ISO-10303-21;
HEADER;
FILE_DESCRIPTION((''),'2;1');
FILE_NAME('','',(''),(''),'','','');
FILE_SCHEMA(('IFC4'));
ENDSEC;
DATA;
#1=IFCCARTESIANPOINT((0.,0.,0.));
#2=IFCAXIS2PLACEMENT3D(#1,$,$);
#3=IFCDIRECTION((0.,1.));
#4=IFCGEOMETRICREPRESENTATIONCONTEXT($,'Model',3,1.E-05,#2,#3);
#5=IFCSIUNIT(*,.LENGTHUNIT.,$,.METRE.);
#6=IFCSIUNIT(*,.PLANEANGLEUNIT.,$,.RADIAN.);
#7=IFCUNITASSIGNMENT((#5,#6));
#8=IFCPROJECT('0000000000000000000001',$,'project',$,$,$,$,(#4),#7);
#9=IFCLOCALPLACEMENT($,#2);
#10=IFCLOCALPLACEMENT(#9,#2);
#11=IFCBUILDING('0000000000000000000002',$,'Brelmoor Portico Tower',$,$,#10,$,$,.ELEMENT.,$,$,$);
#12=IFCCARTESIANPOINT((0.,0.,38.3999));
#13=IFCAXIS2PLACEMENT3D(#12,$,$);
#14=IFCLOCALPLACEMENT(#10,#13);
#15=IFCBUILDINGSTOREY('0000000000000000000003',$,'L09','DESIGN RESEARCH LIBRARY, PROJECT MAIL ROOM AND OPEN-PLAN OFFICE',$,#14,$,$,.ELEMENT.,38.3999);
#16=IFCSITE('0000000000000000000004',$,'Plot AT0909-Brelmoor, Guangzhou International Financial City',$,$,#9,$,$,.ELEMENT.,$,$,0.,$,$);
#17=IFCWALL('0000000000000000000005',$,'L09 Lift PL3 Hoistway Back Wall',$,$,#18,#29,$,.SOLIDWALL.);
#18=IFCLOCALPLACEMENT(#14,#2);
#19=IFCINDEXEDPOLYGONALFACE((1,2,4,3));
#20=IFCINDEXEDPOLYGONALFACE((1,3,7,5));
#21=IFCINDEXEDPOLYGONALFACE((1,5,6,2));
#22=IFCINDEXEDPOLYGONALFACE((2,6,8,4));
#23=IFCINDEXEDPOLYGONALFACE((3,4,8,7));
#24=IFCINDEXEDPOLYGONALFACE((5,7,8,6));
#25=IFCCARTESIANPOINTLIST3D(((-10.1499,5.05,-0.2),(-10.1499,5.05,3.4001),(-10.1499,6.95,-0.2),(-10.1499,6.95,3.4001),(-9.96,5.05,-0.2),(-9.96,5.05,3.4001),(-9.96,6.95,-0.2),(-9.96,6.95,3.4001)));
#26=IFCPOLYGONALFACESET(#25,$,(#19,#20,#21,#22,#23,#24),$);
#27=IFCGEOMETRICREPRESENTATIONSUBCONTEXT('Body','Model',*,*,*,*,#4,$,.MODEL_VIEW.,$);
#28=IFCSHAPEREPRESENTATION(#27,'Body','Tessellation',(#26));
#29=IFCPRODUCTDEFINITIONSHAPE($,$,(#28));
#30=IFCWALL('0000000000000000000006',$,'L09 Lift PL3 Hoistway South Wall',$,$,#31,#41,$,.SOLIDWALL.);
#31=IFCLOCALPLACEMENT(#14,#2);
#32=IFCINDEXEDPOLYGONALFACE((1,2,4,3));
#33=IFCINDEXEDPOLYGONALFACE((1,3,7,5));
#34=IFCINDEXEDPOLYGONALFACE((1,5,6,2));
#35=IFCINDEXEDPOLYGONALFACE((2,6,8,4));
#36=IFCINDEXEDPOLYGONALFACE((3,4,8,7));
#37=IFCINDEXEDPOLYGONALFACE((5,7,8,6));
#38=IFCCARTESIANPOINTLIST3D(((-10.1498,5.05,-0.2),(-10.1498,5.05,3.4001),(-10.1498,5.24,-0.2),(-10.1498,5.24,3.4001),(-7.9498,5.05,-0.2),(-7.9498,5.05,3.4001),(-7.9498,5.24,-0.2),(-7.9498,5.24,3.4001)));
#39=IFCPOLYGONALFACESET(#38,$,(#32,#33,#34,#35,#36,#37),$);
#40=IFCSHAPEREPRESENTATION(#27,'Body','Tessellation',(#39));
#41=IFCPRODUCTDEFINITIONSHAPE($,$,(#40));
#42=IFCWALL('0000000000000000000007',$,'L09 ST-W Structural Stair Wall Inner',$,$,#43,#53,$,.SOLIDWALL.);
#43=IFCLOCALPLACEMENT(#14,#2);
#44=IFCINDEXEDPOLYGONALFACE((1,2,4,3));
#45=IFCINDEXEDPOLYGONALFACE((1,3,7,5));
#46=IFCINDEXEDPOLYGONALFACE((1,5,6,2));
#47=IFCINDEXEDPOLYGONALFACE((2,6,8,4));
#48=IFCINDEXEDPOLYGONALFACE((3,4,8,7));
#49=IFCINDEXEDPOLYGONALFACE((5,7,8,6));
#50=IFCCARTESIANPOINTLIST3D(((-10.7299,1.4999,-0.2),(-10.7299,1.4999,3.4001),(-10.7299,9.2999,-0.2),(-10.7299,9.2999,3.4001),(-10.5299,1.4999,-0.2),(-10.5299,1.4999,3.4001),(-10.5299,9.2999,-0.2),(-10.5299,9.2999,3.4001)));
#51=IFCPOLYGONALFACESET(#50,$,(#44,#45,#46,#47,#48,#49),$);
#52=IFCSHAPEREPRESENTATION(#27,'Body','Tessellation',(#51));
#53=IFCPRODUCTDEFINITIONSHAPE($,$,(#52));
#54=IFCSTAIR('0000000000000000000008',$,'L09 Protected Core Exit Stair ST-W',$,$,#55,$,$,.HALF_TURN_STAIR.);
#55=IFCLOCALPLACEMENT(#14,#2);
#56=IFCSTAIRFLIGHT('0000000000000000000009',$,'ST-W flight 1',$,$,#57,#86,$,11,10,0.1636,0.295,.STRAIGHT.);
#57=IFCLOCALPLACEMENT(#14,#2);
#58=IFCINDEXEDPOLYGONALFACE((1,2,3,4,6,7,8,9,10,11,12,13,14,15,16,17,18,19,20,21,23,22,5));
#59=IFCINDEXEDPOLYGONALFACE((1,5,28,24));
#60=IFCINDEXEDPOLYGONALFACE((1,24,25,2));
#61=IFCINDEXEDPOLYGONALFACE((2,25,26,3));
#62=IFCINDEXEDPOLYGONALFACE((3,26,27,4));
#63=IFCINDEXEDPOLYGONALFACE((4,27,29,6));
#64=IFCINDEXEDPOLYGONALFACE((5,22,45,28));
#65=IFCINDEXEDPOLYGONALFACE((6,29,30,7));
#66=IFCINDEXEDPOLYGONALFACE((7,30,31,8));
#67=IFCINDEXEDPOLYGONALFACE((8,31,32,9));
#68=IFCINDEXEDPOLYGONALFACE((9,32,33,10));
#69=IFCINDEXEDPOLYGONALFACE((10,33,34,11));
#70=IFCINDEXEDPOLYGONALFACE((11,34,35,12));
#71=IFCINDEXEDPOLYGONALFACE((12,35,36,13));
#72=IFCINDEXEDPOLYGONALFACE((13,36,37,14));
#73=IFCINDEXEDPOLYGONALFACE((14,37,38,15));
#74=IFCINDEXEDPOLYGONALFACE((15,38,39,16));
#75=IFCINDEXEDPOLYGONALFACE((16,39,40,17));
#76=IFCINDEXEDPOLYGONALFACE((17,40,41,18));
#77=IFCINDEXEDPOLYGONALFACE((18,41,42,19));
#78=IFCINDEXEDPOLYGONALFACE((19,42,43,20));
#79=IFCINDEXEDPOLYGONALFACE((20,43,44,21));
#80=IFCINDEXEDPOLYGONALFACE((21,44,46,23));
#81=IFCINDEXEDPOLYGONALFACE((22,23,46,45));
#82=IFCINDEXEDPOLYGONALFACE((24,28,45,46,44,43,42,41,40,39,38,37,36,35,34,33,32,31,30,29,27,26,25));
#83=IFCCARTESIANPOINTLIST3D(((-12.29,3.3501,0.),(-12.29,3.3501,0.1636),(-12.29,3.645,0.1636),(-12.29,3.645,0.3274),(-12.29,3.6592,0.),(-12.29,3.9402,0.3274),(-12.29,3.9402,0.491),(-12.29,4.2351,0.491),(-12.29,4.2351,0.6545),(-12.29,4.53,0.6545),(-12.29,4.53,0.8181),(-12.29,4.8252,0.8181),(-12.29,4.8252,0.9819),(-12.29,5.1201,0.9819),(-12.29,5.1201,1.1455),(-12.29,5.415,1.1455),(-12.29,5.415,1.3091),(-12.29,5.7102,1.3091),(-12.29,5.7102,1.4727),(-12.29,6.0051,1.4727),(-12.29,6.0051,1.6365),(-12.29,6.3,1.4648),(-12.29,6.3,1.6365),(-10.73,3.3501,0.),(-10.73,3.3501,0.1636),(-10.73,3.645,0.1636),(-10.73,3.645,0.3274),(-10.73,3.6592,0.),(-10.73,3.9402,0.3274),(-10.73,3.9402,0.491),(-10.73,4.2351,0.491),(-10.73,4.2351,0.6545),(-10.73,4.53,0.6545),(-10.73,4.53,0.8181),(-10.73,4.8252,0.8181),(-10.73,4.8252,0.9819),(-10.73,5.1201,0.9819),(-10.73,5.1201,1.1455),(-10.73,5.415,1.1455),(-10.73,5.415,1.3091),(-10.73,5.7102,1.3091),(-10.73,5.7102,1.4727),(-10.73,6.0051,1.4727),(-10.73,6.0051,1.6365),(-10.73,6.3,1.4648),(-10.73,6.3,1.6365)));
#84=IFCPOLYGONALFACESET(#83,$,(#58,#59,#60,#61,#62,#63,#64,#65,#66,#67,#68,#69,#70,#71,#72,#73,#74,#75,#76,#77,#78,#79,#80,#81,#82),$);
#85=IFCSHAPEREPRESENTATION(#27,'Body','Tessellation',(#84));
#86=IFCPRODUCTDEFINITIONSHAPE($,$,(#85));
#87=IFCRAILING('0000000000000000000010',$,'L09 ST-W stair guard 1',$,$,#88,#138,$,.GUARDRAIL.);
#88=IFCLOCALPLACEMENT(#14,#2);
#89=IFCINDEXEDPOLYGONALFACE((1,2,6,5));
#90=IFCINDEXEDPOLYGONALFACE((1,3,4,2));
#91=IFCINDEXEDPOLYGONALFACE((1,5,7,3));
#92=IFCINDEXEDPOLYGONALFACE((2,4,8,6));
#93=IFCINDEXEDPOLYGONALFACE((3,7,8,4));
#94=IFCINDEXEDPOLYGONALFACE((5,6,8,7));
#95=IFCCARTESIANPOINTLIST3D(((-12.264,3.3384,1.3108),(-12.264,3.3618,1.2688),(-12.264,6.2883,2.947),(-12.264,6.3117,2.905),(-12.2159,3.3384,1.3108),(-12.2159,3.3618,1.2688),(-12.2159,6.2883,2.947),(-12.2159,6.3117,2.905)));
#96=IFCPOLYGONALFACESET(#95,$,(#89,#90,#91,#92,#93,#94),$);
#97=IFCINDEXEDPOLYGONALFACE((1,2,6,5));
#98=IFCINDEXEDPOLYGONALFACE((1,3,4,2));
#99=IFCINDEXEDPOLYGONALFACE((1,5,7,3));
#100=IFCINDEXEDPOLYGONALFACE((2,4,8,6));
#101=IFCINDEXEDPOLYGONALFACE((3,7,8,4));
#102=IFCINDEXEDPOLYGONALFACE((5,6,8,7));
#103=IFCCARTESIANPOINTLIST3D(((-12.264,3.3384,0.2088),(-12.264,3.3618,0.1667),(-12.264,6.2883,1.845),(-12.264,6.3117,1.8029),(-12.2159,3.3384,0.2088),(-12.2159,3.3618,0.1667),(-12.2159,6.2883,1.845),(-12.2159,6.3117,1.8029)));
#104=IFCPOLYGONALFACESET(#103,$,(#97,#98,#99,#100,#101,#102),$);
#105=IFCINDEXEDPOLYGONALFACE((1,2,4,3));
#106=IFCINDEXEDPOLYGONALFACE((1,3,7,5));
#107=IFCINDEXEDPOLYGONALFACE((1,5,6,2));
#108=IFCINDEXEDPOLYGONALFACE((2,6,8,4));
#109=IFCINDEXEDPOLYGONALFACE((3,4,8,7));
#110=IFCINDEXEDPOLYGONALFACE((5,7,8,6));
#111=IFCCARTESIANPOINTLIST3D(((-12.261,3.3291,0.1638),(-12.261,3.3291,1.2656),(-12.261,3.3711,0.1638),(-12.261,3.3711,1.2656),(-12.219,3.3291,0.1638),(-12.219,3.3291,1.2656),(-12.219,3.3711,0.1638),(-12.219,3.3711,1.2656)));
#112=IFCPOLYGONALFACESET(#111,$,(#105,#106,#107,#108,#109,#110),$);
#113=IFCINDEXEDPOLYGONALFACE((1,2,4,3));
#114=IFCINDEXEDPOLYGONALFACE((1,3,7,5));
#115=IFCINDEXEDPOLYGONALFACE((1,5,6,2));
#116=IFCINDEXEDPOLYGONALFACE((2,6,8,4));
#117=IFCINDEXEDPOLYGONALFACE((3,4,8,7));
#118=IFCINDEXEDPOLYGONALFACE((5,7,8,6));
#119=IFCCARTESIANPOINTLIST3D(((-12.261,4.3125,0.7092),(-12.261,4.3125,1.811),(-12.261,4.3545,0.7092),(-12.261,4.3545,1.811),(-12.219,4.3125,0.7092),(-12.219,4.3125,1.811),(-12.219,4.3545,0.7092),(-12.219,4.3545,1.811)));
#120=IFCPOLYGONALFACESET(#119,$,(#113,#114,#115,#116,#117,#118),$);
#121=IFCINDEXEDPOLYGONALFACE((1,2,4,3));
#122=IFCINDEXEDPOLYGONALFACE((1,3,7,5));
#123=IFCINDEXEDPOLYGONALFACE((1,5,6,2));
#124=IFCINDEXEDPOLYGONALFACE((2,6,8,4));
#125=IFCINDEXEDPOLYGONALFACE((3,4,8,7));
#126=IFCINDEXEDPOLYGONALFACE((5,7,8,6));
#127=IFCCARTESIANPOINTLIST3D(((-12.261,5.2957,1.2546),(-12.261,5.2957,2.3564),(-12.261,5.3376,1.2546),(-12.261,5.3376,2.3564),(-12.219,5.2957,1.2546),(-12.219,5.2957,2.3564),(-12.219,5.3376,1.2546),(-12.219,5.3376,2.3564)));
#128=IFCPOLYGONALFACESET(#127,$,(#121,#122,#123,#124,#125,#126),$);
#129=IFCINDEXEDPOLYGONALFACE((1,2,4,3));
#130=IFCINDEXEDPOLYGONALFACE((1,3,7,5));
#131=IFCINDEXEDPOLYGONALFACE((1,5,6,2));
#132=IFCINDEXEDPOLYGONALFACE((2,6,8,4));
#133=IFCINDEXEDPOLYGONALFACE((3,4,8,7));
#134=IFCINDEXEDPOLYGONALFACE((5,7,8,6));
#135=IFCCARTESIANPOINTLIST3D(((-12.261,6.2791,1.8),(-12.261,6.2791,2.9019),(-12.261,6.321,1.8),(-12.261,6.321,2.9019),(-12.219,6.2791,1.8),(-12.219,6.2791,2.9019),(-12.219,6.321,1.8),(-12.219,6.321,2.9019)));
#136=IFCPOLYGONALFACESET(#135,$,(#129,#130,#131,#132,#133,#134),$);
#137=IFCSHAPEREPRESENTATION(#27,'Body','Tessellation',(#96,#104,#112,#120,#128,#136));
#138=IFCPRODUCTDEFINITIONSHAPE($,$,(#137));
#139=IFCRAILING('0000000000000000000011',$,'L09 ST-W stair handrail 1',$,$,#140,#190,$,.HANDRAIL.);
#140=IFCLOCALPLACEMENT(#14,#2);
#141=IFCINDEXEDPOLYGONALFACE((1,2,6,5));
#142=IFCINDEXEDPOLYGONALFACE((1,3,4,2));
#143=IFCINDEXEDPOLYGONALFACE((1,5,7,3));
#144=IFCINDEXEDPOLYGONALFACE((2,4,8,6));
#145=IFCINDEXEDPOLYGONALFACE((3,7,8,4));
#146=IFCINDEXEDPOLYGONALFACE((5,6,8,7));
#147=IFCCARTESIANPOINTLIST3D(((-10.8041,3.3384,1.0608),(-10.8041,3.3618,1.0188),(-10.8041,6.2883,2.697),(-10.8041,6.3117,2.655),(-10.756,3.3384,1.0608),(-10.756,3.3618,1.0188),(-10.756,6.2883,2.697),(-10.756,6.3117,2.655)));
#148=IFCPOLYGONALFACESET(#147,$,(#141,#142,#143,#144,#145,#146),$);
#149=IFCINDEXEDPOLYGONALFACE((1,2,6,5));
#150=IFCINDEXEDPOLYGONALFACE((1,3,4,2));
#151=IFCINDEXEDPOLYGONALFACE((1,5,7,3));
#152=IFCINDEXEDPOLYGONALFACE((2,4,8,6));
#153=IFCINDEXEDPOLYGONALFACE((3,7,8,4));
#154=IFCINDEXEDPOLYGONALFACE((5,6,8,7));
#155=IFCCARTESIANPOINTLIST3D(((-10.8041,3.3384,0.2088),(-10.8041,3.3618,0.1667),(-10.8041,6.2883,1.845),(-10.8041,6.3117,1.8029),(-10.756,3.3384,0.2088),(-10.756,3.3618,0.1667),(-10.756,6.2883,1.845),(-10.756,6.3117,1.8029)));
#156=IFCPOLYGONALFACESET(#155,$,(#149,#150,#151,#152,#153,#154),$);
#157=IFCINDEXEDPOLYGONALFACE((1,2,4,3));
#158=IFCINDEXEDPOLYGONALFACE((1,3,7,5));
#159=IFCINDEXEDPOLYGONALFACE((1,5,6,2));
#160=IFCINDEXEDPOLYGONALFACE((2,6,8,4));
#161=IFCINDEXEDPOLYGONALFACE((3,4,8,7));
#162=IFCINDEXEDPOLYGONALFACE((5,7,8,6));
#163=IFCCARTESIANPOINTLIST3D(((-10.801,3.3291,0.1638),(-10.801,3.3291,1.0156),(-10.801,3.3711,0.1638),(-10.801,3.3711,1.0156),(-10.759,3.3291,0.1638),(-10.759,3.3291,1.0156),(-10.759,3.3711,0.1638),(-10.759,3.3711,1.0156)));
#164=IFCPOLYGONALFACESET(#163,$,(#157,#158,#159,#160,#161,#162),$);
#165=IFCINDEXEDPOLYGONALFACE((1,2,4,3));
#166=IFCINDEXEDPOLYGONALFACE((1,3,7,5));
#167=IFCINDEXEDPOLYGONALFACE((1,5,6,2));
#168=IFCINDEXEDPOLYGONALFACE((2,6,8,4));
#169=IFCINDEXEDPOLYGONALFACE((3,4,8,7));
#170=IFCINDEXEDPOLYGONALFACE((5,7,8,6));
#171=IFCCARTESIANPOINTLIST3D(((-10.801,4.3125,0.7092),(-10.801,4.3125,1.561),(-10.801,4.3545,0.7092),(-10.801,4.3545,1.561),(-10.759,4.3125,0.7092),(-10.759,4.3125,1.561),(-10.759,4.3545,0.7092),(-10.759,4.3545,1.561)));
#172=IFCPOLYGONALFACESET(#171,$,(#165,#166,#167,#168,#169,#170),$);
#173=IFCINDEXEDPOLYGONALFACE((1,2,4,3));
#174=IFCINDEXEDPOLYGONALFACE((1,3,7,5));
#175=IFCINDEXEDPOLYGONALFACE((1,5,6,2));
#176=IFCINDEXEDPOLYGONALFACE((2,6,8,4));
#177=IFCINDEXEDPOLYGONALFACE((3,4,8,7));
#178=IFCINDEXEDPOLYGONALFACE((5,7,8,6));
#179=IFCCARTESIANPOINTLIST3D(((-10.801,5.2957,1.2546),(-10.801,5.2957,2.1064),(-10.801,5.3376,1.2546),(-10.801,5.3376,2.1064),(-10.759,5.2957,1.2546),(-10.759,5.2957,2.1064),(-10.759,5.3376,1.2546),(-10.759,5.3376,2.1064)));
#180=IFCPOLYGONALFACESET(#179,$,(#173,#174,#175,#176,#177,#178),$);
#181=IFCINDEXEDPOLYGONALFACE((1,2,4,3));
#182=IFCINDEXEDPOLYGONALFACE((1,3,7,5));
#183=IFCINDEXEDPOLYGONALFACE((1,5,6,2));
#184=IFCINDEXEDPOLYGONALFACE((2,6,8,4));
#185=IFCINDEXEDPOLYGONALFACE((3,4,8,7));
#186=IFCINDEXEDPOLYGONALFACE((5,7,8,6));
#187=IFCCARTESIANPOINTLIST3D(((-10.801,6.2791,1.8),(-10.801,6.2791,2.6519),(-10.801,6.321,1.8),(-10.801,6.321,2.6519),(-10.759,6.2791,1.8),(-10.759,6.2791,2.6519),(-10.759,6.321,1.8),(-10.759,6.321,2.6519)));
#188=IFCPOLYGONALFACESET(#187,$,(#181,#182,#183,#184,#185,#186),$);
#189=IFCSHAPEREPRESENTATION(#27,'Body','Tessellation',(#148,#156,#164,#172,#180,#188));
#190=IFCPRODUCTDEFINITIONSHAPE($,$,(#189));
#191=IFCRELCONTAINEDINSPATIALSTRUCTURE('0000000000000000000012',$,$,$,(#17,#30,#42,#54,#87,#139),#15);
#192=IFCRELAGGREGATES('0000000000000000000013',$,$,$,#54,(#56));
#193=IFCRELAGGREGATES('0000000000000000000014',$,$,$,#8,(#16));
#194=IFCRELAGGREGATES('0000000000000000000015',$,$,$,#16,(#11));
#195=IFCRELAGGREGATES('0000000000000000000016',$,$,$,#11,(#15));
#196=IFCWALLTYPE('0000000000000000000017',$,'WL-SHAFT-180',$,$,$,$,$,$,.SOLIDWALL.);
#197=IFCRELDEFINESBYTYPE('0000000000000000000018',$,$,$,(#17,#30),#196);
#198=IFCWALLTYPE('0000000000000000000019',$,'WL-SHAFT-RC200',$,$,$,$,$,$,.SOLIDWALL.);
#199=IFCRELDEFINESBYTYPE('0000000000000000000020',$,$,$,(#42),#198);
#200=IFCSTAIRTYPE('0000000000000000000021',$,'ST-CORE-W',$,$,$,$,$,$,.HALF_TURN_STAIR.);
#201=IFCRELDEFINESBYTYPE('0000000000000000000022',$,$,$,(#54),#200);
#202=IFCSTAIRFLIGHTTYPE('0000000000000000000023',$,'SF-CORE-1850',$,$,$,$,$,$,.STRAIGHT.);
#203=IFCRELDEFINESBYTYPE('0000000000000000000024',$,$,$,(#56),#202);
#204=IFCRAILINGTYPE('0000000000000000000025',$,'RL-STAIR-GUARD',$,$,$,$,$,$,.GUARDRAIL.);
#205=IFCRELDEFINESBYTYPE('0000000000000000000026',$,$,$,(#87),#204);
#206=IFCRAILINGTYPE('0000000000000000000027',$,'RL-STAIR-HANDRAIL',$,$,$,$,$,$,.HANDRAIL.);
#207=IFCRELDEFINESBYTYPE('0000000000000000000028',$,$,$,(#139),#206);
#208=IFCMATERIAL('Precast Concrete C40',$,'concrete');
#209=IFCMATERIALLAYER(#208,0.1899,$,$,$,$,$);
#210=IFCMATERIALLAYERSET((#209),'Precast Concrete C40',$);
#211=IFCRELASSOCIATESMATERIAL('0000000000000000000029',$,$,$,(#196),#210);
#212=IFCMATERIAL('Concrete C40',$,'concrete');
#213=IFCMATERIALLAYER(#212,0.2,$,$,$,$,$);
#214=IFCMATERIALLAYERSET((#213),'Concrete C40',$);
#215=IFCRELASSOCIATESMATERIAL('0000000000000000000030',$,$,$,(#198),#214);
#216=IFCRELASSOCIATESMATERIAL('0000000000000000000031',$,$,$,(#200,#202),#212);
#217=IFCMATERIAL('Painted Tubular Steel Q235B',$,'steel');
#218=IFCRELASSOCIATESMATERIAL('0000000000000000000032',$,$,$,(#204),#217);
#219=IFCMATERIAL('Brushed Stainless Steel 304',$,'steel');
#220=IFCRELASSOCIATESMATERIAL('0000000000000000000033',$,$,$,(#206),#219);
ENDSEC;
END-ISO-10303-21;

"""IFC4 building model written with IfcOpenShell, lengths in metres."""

from ifc_helpers import new_model, si_unit, direction, frame, frame_2d, origin, origin_2d, place, context, subcontext, project, spatial, polyline, rectangle, outline, extrude, material, layer, layer_set, type_object, element, aggregate, save


model = new_model("IFC4")

# Units and contexts
model_context = context("Model", 3, precision=1e-05, world=origin(), true_north=direction((0.0, 1.0)))
body_context = subcontext(model_context, "Body", "Model", "MODEL_VIEW")
ifc_project = project(units=[si_unit("LENGTHUNIT", "METRE"), si_unit("PLANEANGLEUNIT", "RADIAN")], contexts=[model_context])

# Site, building, storey
site_placement = place(None, origin())
site = spatial("IfcSite", under=ifc_project, at=site_placement, Name="Plot AT0909-Brelmoor, Guangzhou International Financial City", CompositionType="ELEMENT", RefElevation=0.0)
building_placement = place(site_placement, origin())
building = spatial("IfcBuilding", under=site, at=building_placement, Name="Brelmoor Portico Tower", CompositionType="ELEMENT")
storey_placement = place(building_placement, frame((0.0, 0.0, 38.3999)))
storey = spatial("IfcBuildingStorey", under=building, at=storey_placement, Name="L09", Description="DESIGN RESEARCH LIBRARY, PROJECT MAIL ROOM AND OPEN-PLAN OFFICE", CompositionType="ELEMENT", Elevation=38.3999)

# Shared definitions
ifc_material_1 = material(Name="Concrete C40", Category="concrete")

# Shared definitions
ifc_material_2 = material(Name="Precast Concrete C40", Category="concrete")
ifc_layer_1 = layer(ifc_material_2, 0.1899)
ifc_layer_set_1 = layer_set([ifc_layer_1], Name="Precast Concrete C40")
wall_type_1 = type_object("IfcWallType", Name="WL-SHAFT-180", PredefinedType="SOLIDWALL", material=ifc_layer_set_1)

# Walls
wall_1_placement = place(storey_placement, frame((-10.0549, 5.05, -0.2), z_axis=(0.0, 0.0, 1.0), x_axis=(0.0, 1.0, 0.0)))
element("IfcWall", 1, at=wall_1_placement, inside=storey, type_object=wall_type_1, Name="L09 Lift PL3 Hoistway Back Wall", PredefinedType="SOLIDWALL", context=body_context, shape_type="SweptSolid", body=[
    extrude(rectangle(XDim=1.8999, YDim=0.1899, at=frame_2d((0.95, 0.0))), origin(), (0.0, 0.0, 1.0), 3.6001),
])
wall_2_placement = place(storey_placement, frame((-10.1499, 5.145, -0.2), z_axis=(0.0, 0.0, 1.0), x_axis=(1.0, 0.0, 0.0)))
element("IfcWall", 2, at=wall_2_placement, inside=storey, type_object=wall_type_1, Name="L09 Lift PL3 Hoistway South Wall", PredefinedType="SOLIDWALL", context=body_context, shape_type="SweptSolid", body=[
    extrude(rectangle(XDim=2.2, YDim=0.1899, at=frame_2d((1.1001, 0.0))), origin(), (0.0, 0.0, 1.0), 3.6001),
])
ifc_layer_2 = layer(ifc_material_1, 0.2)
ifc_layer_set_2 = layer_set([ifc_layer_2], Name="Concrete C40")
wall_type_2 = type_object("IfcWallType", Name="WL-SHAFT-RC200", PredefinedType="SOLIDWALL", material=ifc_layer_set_2)
wall_3_placement = place(storey_placement, frame((-10.6299, 1.5, -0.2), z_axis=(0.0, 0.0, 1.0), x_axis=(0.0, 1.0, 0.0)))
element("IfcWall", 3, at=wall_3_placement, inside=storey, type_object=wall_type_2, Name="L09 ST-W Structural Stair Wall Inner", PredefinedType="SOLIDWALL", context=body_context, shape_type="SweptSolid", body=[
    extrude(rectangle(XDim=7.8, YDim=0.2, at=frame_2d((3.8999, 0.0))), origin(), (0.0, 0.0, 1.0), 3.6001),
])

# Stair, stair flight
stair_type = type_object("IfcStairType", Name="ST-CORE-W", PredefinedType="HALF_TURN_STAIR", material=ifc_material_1)
stair_placement = place(storey_placement, origin())
stair = element("IfcStair", 4, at=stair_placement, inside=storey, type_object=stair_type, Name="L09 Protected Core Exit Stair ST-W", PredefinedType="HALF_TURN_STAIR")
stair_flight_type = type_object("IfcStairFlightType", Name="SF-CORE-1850", PredefinedType="STRAIGHT", material=ifc_material_1)
stair_flight_placement = place(storey_placement, frame((-11.51, 3.3501, 0.0), z_axis=(0.0, 0.0, 1.0), x_axis=(0.0, 1.0, 0.0)))
stair_flight = element("IfcStairFlight", 5, at=stair_flight_placement, type_object=stair_flight_type, Name="ST-W flight 1", NumberOfRisers=11, NumberOfTreads=10, PredefinedType="STRAIGHT", RiserHeight=0.1636, TreadLength=0.295, context=body_context, shape_type="SweptSolid", body=[
    extrude(outline(polyline([(0.0, 0.0), (0.0, 0.1636), (0.2949, 0.1636), (0.2949, 0.3274), (0.5901, 0.3274), (0.5901, 0.491), (0.885, 0.491), (0.885, 0.6545), (1.1799, 0.6545), (1.1799, 0.8181), (1.4751, 0.8181), (1.4751, 0.9819), (1.77, 0.9819), (1.77, 1.1455), (2.0649, 1.1455), (2.0649, 1.3091), (2.3601, 1.3091), (2.3601, 1.4727), (2.655, 1.4727), (2.655, 1.6365), (2.95, 1.6365), (2.95, 1.8), (2.95, 1.4648), (0.3091, 0.0), (0.0, 0.0)])), frame((0.0, 0.78, 0.0), z_axis=(0.0, -1.0, 0.0), x_axis=(1.0, 0.0, 0.0)), (0.0, 0.0, 1.0), 1.5601),
])
aggregate(stair, [stair_flight])

# Railings
ifc_material_3 = material(Name="Painted Tubular Steel Q235B", Category="steel")
railing_type_1 = type_object("IfcRailingType", Name="RL-STAIR-GUARD", PredefinedType="GUARDRAIL", material=ifc_material_3)
railing_1_placement = place(storey_placement, frame((-12.24, 3.3501, 0.1638)))
element("IfcRailing", 6, at=railing_1_placement, inside=storey, type_object=railing_type_1, Name="L09 ST-W stair guard 1", PredefinedType="GUARDRAIL", context=body_context, shape_type="SweptSolid", body=[
    extrude(rectangle(XDim=0.0481, YDim=0.0481, at=origin_2d()), frame((0.0, 0.0, 1.126), z_axis=(0.0, 0.874488, 0.485047), x_axis=(-1.0, 0.0, 0.0)), (0.0, 0.0, 1.0), 3.3733),
    extrude(rectangle(XDim=0.0481, YDim=0.0481, at=origin_2d()), frame((0.0, 0.0, 0.0239), z_axis=(0.0, 0.874488, 0.485047), x_axis=(-1.0, 0.0, 0.0)), (0.0, 0.0, 1.0), 3.3733),
    extrude(rectangle(XDim=0.042, YDim=0.042, at=origin_2d()), origin(), (0.0, 0.0, 1.0), 1.1018),
    extrude(rectangle(XDim=0.042, YDim=0.042, at=origin_2d()), frame((0.0, 0.9834, 0.5454)), (0.0, 0.0, 1.0), 1.1018),
    extrude(rectangle(XDim=0.042, YDim=0.042, at=origin_2d()), frame((0.0, 1.9666, 1.0908)), (0.0, 0.0, 1.0), 1.1018),
    extrude(rectangle(XDim=0.042, YDim=0.042, at=origin_2d()), frame((0.0, 2.95, 1.6362)), (0.0, 0.0, 1.0), 1.1018),
])
ifc_material_4 = material(Name="Brushed Stainless Steel 304", Category="steel")
railing_type_2 = type_object("IfcRailingType", Name="RL-STAIR-HANDRAIL", PredefinedType="HANDRAIL", material=ifc_material_4)
railing_2_placement = place(storey_placement, frame((-10.78, 3.3501, 0.1638)))
element("IfcRailing", 7, at=railing_2_placement, inside=storey, type_object=railing_type_2, Name="L09 ST-W stair handrail 1", PredefinedType="HANDRAIL", context=body_context, shape_type="SweptSolid", body=[
    extrude(rectangle(XDim=0.0481, YDim=0.0481, at=origin_2d()), frame((0.0, 0.0, 0.876), z_axis=(0.0, 0.874488, 0.485047), x_axis=(-1.0, 0.0, 0.0)), (0.0, 0.0, 1.0), 3.3733),
    extrude(rectangle(XDim=0.0481, YDim=0.0481, at=origin_2d()), frame((0.0, 0.0, 0.0239), z_axis=(0.0, 0.874488, 0.485047), x_axis=(-1.0, 0.0, 0.0)), (0.0, 0.0, 1.0), 3.3733),
    extrude(rectangle(XDim=0.042, YDim=0.042, at=origin_2d()), origin(), (0.0, 0.0, 1.0), 0.8518),
    extrude(rectangle(XDim=0.042, YDim=0.042, at=origin_2d()), frame((0.0, 0.9834, 0.5454)), (0.0, 0.0, 1.0), 0.8518),
    extrude(rectangle(XDim=0.042, YDim=0.042, at=origin_2d()), frame((0.0, 1.9666, 1.0908)), (0.0, 0.0, 1.0), 0.8518),
    extrude(rectangle(XDim=0.042, YDim=0.042, at=origin_2d()), frame((0.0, 2.95, 1.6362)), (0.0, 0.0, 1.0), 0.8518),
])

save(model, "model.ifc")
